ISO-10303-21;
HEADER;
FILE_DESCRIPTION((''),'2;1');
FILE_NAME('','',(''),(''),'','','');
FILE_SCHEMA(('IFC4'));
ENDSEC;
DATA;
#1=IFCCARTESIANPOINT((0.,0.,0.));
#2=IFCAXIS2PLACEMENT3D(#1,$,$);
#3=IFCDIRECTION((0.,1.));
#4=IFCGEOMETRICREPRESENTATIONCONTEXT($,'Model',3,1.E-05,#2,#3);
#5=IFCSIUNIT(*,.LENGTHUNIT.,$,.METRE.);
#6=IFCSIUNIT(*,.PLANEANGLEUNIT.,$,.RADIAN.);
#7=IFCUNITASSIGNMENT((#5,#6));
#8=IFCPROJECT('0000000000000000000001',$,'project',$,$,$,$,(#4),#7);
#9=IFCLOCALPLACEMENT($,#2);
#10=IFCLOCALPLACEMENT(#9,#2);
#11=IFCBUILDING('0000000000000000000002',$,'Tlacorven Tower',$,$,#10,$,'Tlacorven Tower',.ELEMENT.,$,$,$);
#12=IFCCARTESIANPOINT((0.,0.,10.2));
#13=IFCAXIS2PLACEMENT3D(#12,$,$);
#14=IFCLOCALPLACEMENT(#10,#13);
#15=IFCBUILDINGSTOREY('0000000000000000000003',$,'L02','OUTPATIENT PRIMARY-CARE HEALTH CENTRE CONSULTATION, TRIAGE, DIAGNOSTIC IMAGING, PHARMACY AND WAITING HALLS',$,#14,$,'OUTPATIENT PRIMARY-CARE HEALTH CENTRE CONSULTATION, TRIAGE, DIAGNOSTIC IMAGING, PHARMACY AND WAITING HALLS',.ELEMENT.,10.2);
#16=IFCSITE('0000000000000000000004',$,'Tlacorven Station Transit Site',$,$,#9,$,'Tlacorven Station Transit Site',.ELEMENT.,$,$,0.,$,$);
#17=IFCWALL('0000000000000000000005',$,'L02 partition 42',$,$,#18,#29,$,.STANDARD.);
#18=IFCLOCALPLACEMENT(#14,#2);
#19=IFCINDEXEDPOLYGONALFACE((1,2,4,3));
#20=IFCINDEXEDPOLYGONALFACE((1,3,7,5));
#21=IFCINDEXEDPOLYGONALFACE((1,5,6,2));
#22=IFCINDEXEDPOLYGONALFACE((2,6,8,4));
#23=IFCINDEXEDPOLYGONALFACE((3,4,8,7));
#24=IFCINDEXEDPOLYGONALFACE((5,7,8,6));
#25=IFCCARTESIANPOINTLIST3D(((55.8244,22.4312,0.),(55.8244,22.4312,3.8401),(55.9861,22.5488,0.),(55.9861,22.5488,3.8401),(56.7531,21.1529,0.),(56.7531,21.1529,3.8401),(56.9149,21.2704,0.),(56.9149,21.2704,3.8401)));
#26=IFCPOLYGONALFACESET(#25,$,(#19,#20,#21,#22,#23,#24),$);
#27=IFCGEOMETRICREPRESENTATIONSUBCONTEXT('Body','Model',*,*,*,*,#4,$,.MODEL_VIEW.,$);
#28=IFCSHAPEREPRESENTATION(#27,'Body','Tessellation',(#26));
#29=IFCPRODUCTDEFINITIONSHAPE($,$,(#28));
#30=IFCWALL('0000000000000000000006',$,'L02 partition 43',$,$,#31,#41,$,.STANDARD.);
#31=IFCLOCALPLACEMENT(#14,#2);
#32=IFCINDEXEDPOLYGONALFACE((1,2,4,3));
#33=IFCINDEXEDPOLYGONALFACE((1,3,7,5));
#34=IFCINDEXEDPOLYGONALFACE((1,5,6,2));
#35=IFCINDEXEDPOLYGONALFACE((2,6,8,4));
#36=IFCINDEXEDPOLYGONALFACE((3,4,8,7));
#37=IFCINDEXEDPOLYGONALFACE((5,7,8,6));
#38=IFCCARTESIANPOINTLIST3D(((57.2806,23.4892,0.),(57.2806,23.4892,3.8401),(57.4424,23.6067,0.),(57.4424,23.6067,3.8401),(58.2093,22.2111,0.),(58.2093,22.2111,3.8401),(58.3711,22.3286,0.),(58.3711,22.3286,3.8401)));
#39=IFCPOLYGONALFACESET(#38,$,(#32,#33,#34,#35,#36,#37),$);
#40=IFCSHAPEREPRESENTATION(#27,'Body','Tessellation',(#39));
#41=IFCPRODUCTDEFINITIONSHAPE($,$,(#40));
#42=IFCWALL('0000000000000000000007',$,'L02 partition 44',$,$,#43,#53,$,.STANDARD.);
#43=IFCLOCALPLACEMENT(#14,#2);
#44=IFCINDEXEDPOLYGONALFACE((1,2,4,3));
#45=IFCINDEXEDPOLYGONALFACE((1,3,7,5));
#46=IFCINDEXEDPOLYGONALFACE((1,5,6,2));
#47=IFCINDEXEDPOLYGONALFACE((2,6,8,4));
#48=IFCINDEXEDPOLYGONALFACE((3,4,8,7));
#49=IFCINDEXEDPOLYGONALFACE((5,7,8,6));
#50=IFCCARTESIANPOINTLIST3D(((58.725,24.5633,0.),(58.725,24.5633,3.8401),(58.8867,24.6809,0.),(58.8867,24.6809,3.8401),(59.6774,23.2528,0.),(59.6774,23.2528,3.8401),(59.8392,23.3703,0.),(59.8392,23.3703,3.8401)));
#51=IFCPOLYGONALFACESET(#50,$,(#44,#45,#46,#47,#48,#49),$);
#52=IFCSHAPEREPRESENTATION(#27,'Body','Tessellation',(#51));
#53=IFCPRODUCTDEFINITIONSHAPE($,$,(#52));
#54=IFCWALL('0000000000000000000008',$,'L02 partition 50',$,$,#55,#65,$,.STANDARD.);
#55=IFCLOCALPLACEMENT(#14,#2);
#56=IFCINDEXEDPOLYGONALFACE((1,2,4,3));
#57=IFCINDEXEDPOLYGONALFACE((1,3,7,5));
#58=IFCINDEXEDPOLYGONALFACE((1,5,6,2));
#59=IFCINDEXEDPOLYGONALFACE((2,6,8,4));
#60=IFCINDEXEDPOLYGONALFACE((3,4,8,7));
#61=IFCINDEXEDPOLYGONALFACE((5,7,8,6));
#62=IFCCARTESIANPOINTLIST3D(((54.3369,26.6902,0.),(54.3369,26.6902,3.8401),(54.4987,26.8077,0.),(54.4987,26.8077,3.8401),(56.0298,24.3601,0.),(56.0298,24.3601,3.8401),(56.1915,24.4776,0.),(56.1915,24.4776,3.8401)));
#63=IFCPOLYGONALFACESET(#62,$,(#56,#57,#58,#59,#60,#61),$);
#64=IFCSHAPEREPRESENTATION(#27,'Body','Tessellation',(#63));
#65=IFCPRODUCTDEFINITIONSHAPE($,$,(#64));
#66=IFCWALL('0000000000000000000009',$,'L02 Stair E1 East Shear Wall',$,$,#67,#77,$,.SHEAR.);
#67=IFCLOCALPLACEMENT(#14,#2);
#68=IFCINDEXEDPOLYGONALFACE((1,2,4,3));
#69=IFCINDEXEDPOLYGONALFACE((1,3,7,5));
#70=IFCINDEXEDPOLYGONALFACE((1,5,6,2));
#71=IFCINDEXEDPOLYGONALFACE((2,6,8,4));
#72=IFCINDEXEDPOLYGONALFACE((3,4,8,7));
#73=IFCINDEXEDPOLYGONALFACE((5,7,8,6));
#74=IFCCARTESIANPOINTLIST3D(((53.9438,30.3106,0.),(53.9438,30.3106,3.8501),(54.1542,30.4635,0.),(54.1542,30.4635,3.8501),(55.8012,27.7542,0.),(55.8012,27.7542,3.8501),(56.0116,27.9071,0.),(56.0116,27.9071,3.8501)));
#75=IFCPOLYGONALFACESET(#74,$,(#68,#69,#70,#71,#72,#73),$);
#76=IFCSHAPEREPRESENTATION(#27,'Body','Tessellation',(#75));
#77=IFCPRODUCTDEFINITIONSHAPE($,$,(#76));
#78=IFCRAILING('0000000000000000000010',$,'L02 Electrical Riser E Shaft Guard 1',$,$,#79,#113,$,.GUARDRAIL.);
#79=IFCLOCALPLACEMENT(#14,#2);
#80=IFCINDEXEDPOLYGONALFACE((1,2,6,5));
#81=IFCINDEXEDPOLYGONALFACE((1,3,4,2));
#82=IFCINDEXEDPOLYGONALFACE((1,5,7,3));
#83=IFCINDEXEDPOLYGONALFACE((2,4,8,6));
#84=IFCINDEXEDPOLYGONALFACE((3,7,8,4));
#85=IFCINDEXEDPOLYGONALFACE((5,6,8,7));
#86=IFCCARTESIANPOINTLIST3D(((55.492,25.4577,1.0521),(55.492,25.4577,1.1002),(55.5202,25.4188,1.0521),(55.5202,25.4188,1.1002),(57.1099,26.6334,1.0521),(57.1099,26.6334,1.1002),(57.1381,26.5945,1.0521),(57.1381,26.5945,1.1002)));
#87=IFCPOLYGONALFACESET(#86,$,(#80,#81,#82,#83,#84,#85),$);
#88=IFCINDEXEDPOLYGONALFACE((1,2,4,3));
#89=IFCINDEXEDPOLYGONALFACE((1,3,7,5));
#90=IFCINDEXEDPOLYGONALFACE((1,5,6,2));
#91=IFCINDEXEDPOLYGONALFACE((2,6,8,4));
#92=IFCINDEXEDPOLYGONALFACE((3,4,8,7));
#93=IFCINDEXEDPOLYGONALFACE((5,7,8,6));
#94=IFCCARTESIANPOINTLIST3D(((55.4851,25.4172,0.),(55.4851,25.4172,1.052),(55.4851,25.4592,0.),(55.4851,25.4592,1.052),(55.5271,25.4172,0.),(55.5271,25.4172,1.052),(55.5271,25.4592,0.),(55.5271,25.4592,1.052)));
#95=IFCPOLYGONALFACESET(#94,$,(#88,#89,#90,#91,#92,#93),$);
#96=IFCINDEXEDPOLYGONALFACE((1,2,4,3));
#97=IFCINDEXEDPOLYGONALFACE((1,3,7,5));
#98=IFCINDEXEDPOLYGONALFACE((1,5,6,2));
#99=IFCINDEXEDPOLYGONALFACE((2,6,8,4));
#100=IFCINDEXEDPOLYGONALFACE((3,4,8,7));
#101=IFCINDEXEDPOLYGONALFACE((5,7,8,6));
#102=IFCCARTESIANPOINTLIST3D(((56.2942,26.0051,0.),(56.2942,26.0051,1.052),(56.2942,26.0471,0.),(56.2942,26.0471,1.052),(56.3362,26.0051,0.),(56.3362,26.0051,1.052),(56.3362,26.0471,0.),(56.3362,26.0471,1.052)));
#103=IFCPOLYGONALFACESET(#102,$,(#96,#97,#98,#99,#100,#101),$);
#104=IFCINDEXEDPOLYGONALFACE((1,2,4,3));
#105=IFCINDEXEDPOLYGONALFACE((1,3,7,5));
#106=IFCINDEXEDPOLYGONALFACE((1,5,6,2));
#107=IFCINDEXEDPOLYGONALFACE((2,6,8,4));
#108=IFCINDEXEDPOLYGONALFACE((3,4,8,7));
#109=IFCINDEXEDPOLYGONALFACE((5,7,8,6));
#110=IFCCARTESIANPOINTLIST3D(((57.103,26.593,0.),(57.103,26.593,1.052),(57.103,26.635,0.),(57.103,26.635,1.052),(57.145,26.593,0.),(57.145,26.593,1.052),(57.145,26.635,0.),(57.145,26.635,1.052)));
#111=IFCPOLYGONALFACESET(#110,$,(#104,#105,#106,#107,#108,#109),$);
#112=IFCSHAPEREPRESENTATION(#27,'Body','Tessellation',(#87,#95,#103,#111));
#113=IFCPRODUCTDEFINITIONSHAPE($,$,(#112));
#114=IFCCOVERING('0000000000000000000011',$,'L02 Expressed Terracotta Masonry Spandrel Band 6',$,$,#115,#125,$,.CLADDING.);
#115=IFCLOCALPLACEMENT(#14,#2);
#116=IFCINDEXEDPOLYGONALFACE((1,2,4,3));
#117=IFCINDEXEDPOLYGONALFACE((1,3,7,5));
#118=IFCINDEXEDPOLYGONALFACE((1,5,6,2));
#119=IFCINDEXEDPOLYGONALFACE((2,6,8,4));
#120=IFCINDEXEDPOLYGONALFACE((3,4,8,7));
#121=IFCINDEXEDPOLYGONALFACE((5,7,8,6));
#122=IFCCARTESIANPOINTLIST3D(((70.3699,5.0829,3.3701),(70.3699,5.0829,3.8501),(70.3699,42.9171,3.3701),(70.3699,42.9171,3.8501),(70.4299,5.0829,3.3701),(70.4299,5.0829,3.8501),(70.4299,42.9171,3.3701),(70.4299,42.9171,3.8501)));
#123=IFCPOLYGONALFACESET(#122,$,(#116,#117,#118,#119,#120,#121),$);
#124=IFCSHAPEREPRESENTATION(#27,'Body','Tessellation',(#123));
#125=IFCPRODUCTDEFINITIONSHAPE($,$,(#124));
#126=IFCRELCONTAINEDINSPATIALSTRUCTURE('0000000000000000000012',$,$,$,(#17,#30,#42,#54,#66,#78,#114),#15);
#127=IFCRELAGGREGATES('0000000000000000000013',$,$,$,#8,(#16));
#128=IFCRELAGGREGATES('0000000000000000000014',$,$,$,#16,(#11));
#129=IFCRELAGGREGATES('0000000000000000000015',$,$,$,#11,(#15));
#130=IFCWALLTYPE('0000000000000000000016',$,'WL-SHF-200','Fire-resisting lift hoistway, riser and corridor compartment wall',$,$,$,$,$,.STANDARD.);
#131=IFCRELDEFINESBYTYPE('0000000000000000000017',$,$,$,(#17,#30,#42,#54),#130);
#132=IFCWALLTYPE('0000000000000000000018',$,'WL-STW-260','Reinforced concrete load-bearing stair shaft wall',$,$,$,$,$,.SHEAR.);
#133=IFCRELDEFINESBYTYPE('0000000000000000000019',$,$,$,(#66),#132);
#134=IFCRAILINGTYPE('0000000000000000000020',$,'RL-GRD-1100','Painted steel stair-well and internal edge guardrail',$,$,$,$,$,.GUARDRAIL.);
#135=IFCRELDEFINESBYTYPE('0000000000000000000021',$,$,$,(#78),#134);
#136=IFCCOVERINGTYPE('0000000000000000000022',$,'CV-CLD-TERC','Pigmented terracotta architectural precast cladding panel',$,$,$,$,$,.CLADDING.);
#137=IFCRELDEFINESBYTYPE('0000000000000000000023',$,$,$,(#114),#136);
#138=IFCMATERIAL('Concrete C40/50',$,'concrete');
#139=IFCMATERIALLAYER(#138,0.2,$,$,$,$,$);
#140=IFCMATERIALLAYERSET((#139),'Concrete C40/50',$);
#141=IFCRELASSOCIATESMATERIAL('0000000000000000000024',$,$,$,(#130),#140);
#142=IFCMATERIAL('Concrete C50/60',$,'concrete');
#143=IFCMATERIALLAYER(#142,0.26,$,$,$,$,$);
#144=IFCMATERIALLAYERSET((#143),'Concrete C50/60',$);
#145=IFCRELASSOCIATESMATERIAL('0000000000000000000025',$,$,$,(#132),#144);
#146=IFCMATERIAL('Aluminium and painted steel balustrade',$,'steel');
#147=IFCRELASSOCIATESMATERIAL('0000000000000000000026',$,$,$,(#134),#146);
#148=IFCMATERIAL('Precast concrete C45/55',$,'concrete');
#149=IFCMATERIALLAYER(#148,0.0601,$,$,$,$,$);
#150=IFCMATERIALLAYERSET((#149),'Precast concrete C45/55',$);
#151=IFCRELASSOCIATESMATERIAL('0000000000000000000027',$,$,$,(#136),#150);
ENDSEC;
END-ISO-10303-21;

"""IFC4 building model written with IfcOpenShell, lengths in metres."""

from ifc_helpers import new_model, si_unit, direction, frame, frame_2d, origin, origin_2d, place, context, subcontext, project, spatial, rectangle, extrude, source, transform, mapped, material, layer, layer_set, type_object, element, save


model = new_model("IFC4")

# Units and contexts
model_context = context("Model", 3, precision=1e-05, world=origin(), true_north=direction((0.0, 1.0)))
body_context = subcontext(model_context, "Body", "Model", "MODEL_VIEW")
ifc_project = project(units=[si_unit("LENGTHUNIT", "METRE"), si_unit("PLANEANGLEUNIT", "RADIAN")], contexts=[model_context])

# Site, building, storey
site_placement = place(None, origin())
site = spatial("IfcSite", under=ifc_project, at=site_placement, Name="Tlacorven Station Transit Site", LongName="Tlacorven Station Transit Site", CompositionType="ELEMENT", RefElevation=0.0)
building_placement = place(site_placement, origin())
building = spatial("IfcBuilding", under=site, at=building_placement, Name="Tlacorven Tower", LongName="Tlacorven Tower", CompositionType="ELEMENT")
storey_placement = place(building_placement, frame((0.0, 0.0, 10.2)))
storey = spatial("IfcBuildingStorey", under=building, at=storey_placement, Name="L02", Description="OUTPATIENT PRIMARY-CARE HEALTH CENTRE CONSULTATION, TRIAGE, DIAGNOSTIC IMAGING, PHARMACY AND WAITING HALLS", LongName="OUTPATIENT PRIMARY-CARE HEALTH CENTRE CONSULTATION, TRIAGE, DIAGNOSTIC IMAGING, PHARMACY AND WAITING HALLS", CompositionType="ELEMENT", Elevation=10.2)

# Shared definitions
ifc_material_1 = material(Name="Concrete C40/50", Category="concrete")
ifc_layer_1 = layer(ifc_material_1, 0.2)
ifc_layer_set_1 = layer_set([ifc_layer_1], Name="Concrete C40/50")
wall_type_1 = type_object("IfcWallType", Name="WL-SHF-200", Description="Fire-resisting lift hoistway, riser and corridor compartment wall", PredefinedType="STANDARD", material=ifc_layer_set_1)

# Walls
wall_1_placement = place(storey_placement, frame((56.834, 21.2117, 0.0), z_axis=(0.0, 0.0, 1.0), x_axis=(-0.587767, 0.80903, 0.0)))
element("IfcWall", 1, at=wall_1_placement, inside=storey, type_object=wall_type_1, Name="L02 partition 42", PredefinedType="STANDARD", context=body_context, shape_type="SweptSolid", body=[
    extrude(rectangle(XDim=1.5801, YDim=0.2, at=frame_2d((0.79, 0.0))), origin(), (0.0, 0.0, 1.0), 3.8401),
])
wall_2_placement = place(storey_placement, frame((58.2903, 22.2698, 0.0), z_axis=(0.0, 0.0, 1.0), x_axis=(-0.587841, 0.808977, 0.0)))
element("IfcWall", 2, at=wall_2_placement, inside=storey, type_object=wall_type_1, Name="L02 partition 43", PredefinedType="STANDARD", context=body_context, shape_type="SweptSolid", body=[
    extrude(rectangle(XDim=1.5798, YDim=0.2, at=frame_2d((0.79, 0.0))), origin(), (0.0, 0.0, 1.0), 3.8401),
])
wall_3_placement = place(storey_placement, frame((59.7583, 23.3115, 0.0), z_axis=(0.0, 0.0, 1.0), x_axis=(-0.587876, 0.808951, 0.0)))
element("IfcWall", 3, at=wall_3_placement, inside=storey, type_object=wall_type_1, Name="L02 partition 44", PredefinedType="STANDARD", context=body_context, shape_type="SweptSolid", body=[
    extrude(rectangle(XDim=1.6201, YDim=0.2, at=frame_2d((0.8101, 0.0))), origin(), (0.0, 0.0, 1.0), 3.8401),
])
wall_4_placement = place(storey_placement, frame((56.1106, 24.4189, 0.0), z_axis=(0.0, 0.0, 1.0), x_axis=(-0.587778, 0.809022, 0.0)))
element("IfcWall", 4, at=wall_4_placement, inside=storey, type_object=wall_type_1, Name="L02 partition 50", PredefinedType="STANDARD", context=body_context, shape_type="SweptSolid", body=[
    extrude(rectangle(XDim=2.8801, YDim=0.2, at=frame_2d((1.4399, 0.0))), origin(), (0.0, 0.0, 1.0), 3.8401),
])
ifc_material_2 = material(Name="Concrete C50/60", Category="concrete")
ifc_layer_2 = layer(ifc_material_2, 0.26)
ifc_layer_set_2 = layer_set([ifc_layer_2], Name="Concrete C50/60")
wall_type_2 = type_object("IfcWallType", Name="WL-STW-260", Description="Reinforced concrete load-bearing stair shaft wall", PredefinedType="SHEAR", material=ifc_layer_set_2)
wall_5_placement = place(storey_placement, frame((55.9065, 27.8306, 0.0), z_axis=(0.0, 0.0, 1.0), x_axis=(-0.587804, 0.809003, 0.0)))
element("IfcWall", 5, at=wall_5_placement, inside=storey, type_object=wall_type_2, Name="L02 Stair E1 East Shear Wall", PredefinedType="SHEAR", context=body_context, shape_type="SweptSolid", body=[
    extrude(rectangle(XDim=3.1599, YDim=0.26, at=frame_2d((1.5801, 0.0))), origin(), (0.0, 0.0, 1.0), 3.8501),
])

# Railing
ifc_material_3 = material(Name="Aluminium and painted steel balustrade", Category="steel")
railing_type = type_object("IfcRailingType", Name="RL-GRD-1100", Description="Painted steel stair-well and internal edge guardrail", PredefinedType="GUARDRAIL", material=ifc_material_3)
shared_shape_1 = source(origin(), body_context, "Body", "SweptSolid", [
    extrude(rectangle(XDim=0.0481, YDim=0.0481, at=origin_2d()), frame((0.0, 0.0, 1.0762), z_axis=(0.808947, 0.587881, 0.0), x_axis=(-0.587881, 0.808947, 0.0)), (0.0, 0.0, 1.0), 2.0),
    extrude(rectangle(XDim=0.042, YDim=0.042, at=origin_2d()), origin(), (0.0, 0.0, 1.0), 1.052),
    extrude(rectangle(XDim=0.042, YDim=0.042, at=origin_2d()), frame((0.8091, 0.5879, 0.0)), (0.0, 0.0, 1.0), 1.052),
    extrude(rectangle(XDim=0.042, YDim=0.042, at=origin_2d()), frame((1.6179, 1.1758, 0.0)), (0.0, 0.0, 1.0), 1.052),
])
railing_placement = place(storey_placement, frame((55.5061, 25.4382, 0.0)))
element("IfcRailing", 6, at=railing_placement, inside=storey, type_object=railing_type, Name="L02 Electrical Riser E Shaft Guard 1", PredefinedType="GUARDRAIL", context=body_context, shape_type="MappedRepresentation", body=[
    mapped(shared_shape_1, transform((0.0, 0.0, 0.0), scale=1.0)),
])

# Covering
ifc_material_4 = material(Name="Precast concrete C45/55", Category="concrete")
ifc_layer_3 = layer(ifc_material_4, 0.0601)
ifc_layer_set_3 = layer_set([ifc_layer_3], Name="Precast concrete C45/55")
covering_type = type_object("IfcCoveringType", Name="CV-CLD-TERC", Description="Pigmented terracotta architectural precast cladding panel", PredefinedType="CLADDING", material=ifc_layer_set_3)
shared_shape_2 = source(origin(), body_context, "Body", "SweptSolid", [
    extrude(rectangle(XDim=37.8342, YDim=0.0601, at=origin_2d()), origin(), (0.0, 0.0, 1.0), 0.48),
])
covering_placement = place(storey_placement, frame((70.3999, 24.0, 3.3701), z_axis=(0.0, 0.0, 1.0), x_axis=(0.0, -1.0, 0.0)))
element("IfcCovering", 7, at=covering_placement, inside=storey, type_object=covering_type, Name="L02 Expressed Terracotta Masonry Spandrel Band 6", PredefinedType="CLADDING", context=body_context, shape_type="MappedRepresentation", body=[
    mapped(shared_shape_2, transform((0.0, 0.0, 0.0), scale=1.0)),
])

save(model, "model.ifc")
